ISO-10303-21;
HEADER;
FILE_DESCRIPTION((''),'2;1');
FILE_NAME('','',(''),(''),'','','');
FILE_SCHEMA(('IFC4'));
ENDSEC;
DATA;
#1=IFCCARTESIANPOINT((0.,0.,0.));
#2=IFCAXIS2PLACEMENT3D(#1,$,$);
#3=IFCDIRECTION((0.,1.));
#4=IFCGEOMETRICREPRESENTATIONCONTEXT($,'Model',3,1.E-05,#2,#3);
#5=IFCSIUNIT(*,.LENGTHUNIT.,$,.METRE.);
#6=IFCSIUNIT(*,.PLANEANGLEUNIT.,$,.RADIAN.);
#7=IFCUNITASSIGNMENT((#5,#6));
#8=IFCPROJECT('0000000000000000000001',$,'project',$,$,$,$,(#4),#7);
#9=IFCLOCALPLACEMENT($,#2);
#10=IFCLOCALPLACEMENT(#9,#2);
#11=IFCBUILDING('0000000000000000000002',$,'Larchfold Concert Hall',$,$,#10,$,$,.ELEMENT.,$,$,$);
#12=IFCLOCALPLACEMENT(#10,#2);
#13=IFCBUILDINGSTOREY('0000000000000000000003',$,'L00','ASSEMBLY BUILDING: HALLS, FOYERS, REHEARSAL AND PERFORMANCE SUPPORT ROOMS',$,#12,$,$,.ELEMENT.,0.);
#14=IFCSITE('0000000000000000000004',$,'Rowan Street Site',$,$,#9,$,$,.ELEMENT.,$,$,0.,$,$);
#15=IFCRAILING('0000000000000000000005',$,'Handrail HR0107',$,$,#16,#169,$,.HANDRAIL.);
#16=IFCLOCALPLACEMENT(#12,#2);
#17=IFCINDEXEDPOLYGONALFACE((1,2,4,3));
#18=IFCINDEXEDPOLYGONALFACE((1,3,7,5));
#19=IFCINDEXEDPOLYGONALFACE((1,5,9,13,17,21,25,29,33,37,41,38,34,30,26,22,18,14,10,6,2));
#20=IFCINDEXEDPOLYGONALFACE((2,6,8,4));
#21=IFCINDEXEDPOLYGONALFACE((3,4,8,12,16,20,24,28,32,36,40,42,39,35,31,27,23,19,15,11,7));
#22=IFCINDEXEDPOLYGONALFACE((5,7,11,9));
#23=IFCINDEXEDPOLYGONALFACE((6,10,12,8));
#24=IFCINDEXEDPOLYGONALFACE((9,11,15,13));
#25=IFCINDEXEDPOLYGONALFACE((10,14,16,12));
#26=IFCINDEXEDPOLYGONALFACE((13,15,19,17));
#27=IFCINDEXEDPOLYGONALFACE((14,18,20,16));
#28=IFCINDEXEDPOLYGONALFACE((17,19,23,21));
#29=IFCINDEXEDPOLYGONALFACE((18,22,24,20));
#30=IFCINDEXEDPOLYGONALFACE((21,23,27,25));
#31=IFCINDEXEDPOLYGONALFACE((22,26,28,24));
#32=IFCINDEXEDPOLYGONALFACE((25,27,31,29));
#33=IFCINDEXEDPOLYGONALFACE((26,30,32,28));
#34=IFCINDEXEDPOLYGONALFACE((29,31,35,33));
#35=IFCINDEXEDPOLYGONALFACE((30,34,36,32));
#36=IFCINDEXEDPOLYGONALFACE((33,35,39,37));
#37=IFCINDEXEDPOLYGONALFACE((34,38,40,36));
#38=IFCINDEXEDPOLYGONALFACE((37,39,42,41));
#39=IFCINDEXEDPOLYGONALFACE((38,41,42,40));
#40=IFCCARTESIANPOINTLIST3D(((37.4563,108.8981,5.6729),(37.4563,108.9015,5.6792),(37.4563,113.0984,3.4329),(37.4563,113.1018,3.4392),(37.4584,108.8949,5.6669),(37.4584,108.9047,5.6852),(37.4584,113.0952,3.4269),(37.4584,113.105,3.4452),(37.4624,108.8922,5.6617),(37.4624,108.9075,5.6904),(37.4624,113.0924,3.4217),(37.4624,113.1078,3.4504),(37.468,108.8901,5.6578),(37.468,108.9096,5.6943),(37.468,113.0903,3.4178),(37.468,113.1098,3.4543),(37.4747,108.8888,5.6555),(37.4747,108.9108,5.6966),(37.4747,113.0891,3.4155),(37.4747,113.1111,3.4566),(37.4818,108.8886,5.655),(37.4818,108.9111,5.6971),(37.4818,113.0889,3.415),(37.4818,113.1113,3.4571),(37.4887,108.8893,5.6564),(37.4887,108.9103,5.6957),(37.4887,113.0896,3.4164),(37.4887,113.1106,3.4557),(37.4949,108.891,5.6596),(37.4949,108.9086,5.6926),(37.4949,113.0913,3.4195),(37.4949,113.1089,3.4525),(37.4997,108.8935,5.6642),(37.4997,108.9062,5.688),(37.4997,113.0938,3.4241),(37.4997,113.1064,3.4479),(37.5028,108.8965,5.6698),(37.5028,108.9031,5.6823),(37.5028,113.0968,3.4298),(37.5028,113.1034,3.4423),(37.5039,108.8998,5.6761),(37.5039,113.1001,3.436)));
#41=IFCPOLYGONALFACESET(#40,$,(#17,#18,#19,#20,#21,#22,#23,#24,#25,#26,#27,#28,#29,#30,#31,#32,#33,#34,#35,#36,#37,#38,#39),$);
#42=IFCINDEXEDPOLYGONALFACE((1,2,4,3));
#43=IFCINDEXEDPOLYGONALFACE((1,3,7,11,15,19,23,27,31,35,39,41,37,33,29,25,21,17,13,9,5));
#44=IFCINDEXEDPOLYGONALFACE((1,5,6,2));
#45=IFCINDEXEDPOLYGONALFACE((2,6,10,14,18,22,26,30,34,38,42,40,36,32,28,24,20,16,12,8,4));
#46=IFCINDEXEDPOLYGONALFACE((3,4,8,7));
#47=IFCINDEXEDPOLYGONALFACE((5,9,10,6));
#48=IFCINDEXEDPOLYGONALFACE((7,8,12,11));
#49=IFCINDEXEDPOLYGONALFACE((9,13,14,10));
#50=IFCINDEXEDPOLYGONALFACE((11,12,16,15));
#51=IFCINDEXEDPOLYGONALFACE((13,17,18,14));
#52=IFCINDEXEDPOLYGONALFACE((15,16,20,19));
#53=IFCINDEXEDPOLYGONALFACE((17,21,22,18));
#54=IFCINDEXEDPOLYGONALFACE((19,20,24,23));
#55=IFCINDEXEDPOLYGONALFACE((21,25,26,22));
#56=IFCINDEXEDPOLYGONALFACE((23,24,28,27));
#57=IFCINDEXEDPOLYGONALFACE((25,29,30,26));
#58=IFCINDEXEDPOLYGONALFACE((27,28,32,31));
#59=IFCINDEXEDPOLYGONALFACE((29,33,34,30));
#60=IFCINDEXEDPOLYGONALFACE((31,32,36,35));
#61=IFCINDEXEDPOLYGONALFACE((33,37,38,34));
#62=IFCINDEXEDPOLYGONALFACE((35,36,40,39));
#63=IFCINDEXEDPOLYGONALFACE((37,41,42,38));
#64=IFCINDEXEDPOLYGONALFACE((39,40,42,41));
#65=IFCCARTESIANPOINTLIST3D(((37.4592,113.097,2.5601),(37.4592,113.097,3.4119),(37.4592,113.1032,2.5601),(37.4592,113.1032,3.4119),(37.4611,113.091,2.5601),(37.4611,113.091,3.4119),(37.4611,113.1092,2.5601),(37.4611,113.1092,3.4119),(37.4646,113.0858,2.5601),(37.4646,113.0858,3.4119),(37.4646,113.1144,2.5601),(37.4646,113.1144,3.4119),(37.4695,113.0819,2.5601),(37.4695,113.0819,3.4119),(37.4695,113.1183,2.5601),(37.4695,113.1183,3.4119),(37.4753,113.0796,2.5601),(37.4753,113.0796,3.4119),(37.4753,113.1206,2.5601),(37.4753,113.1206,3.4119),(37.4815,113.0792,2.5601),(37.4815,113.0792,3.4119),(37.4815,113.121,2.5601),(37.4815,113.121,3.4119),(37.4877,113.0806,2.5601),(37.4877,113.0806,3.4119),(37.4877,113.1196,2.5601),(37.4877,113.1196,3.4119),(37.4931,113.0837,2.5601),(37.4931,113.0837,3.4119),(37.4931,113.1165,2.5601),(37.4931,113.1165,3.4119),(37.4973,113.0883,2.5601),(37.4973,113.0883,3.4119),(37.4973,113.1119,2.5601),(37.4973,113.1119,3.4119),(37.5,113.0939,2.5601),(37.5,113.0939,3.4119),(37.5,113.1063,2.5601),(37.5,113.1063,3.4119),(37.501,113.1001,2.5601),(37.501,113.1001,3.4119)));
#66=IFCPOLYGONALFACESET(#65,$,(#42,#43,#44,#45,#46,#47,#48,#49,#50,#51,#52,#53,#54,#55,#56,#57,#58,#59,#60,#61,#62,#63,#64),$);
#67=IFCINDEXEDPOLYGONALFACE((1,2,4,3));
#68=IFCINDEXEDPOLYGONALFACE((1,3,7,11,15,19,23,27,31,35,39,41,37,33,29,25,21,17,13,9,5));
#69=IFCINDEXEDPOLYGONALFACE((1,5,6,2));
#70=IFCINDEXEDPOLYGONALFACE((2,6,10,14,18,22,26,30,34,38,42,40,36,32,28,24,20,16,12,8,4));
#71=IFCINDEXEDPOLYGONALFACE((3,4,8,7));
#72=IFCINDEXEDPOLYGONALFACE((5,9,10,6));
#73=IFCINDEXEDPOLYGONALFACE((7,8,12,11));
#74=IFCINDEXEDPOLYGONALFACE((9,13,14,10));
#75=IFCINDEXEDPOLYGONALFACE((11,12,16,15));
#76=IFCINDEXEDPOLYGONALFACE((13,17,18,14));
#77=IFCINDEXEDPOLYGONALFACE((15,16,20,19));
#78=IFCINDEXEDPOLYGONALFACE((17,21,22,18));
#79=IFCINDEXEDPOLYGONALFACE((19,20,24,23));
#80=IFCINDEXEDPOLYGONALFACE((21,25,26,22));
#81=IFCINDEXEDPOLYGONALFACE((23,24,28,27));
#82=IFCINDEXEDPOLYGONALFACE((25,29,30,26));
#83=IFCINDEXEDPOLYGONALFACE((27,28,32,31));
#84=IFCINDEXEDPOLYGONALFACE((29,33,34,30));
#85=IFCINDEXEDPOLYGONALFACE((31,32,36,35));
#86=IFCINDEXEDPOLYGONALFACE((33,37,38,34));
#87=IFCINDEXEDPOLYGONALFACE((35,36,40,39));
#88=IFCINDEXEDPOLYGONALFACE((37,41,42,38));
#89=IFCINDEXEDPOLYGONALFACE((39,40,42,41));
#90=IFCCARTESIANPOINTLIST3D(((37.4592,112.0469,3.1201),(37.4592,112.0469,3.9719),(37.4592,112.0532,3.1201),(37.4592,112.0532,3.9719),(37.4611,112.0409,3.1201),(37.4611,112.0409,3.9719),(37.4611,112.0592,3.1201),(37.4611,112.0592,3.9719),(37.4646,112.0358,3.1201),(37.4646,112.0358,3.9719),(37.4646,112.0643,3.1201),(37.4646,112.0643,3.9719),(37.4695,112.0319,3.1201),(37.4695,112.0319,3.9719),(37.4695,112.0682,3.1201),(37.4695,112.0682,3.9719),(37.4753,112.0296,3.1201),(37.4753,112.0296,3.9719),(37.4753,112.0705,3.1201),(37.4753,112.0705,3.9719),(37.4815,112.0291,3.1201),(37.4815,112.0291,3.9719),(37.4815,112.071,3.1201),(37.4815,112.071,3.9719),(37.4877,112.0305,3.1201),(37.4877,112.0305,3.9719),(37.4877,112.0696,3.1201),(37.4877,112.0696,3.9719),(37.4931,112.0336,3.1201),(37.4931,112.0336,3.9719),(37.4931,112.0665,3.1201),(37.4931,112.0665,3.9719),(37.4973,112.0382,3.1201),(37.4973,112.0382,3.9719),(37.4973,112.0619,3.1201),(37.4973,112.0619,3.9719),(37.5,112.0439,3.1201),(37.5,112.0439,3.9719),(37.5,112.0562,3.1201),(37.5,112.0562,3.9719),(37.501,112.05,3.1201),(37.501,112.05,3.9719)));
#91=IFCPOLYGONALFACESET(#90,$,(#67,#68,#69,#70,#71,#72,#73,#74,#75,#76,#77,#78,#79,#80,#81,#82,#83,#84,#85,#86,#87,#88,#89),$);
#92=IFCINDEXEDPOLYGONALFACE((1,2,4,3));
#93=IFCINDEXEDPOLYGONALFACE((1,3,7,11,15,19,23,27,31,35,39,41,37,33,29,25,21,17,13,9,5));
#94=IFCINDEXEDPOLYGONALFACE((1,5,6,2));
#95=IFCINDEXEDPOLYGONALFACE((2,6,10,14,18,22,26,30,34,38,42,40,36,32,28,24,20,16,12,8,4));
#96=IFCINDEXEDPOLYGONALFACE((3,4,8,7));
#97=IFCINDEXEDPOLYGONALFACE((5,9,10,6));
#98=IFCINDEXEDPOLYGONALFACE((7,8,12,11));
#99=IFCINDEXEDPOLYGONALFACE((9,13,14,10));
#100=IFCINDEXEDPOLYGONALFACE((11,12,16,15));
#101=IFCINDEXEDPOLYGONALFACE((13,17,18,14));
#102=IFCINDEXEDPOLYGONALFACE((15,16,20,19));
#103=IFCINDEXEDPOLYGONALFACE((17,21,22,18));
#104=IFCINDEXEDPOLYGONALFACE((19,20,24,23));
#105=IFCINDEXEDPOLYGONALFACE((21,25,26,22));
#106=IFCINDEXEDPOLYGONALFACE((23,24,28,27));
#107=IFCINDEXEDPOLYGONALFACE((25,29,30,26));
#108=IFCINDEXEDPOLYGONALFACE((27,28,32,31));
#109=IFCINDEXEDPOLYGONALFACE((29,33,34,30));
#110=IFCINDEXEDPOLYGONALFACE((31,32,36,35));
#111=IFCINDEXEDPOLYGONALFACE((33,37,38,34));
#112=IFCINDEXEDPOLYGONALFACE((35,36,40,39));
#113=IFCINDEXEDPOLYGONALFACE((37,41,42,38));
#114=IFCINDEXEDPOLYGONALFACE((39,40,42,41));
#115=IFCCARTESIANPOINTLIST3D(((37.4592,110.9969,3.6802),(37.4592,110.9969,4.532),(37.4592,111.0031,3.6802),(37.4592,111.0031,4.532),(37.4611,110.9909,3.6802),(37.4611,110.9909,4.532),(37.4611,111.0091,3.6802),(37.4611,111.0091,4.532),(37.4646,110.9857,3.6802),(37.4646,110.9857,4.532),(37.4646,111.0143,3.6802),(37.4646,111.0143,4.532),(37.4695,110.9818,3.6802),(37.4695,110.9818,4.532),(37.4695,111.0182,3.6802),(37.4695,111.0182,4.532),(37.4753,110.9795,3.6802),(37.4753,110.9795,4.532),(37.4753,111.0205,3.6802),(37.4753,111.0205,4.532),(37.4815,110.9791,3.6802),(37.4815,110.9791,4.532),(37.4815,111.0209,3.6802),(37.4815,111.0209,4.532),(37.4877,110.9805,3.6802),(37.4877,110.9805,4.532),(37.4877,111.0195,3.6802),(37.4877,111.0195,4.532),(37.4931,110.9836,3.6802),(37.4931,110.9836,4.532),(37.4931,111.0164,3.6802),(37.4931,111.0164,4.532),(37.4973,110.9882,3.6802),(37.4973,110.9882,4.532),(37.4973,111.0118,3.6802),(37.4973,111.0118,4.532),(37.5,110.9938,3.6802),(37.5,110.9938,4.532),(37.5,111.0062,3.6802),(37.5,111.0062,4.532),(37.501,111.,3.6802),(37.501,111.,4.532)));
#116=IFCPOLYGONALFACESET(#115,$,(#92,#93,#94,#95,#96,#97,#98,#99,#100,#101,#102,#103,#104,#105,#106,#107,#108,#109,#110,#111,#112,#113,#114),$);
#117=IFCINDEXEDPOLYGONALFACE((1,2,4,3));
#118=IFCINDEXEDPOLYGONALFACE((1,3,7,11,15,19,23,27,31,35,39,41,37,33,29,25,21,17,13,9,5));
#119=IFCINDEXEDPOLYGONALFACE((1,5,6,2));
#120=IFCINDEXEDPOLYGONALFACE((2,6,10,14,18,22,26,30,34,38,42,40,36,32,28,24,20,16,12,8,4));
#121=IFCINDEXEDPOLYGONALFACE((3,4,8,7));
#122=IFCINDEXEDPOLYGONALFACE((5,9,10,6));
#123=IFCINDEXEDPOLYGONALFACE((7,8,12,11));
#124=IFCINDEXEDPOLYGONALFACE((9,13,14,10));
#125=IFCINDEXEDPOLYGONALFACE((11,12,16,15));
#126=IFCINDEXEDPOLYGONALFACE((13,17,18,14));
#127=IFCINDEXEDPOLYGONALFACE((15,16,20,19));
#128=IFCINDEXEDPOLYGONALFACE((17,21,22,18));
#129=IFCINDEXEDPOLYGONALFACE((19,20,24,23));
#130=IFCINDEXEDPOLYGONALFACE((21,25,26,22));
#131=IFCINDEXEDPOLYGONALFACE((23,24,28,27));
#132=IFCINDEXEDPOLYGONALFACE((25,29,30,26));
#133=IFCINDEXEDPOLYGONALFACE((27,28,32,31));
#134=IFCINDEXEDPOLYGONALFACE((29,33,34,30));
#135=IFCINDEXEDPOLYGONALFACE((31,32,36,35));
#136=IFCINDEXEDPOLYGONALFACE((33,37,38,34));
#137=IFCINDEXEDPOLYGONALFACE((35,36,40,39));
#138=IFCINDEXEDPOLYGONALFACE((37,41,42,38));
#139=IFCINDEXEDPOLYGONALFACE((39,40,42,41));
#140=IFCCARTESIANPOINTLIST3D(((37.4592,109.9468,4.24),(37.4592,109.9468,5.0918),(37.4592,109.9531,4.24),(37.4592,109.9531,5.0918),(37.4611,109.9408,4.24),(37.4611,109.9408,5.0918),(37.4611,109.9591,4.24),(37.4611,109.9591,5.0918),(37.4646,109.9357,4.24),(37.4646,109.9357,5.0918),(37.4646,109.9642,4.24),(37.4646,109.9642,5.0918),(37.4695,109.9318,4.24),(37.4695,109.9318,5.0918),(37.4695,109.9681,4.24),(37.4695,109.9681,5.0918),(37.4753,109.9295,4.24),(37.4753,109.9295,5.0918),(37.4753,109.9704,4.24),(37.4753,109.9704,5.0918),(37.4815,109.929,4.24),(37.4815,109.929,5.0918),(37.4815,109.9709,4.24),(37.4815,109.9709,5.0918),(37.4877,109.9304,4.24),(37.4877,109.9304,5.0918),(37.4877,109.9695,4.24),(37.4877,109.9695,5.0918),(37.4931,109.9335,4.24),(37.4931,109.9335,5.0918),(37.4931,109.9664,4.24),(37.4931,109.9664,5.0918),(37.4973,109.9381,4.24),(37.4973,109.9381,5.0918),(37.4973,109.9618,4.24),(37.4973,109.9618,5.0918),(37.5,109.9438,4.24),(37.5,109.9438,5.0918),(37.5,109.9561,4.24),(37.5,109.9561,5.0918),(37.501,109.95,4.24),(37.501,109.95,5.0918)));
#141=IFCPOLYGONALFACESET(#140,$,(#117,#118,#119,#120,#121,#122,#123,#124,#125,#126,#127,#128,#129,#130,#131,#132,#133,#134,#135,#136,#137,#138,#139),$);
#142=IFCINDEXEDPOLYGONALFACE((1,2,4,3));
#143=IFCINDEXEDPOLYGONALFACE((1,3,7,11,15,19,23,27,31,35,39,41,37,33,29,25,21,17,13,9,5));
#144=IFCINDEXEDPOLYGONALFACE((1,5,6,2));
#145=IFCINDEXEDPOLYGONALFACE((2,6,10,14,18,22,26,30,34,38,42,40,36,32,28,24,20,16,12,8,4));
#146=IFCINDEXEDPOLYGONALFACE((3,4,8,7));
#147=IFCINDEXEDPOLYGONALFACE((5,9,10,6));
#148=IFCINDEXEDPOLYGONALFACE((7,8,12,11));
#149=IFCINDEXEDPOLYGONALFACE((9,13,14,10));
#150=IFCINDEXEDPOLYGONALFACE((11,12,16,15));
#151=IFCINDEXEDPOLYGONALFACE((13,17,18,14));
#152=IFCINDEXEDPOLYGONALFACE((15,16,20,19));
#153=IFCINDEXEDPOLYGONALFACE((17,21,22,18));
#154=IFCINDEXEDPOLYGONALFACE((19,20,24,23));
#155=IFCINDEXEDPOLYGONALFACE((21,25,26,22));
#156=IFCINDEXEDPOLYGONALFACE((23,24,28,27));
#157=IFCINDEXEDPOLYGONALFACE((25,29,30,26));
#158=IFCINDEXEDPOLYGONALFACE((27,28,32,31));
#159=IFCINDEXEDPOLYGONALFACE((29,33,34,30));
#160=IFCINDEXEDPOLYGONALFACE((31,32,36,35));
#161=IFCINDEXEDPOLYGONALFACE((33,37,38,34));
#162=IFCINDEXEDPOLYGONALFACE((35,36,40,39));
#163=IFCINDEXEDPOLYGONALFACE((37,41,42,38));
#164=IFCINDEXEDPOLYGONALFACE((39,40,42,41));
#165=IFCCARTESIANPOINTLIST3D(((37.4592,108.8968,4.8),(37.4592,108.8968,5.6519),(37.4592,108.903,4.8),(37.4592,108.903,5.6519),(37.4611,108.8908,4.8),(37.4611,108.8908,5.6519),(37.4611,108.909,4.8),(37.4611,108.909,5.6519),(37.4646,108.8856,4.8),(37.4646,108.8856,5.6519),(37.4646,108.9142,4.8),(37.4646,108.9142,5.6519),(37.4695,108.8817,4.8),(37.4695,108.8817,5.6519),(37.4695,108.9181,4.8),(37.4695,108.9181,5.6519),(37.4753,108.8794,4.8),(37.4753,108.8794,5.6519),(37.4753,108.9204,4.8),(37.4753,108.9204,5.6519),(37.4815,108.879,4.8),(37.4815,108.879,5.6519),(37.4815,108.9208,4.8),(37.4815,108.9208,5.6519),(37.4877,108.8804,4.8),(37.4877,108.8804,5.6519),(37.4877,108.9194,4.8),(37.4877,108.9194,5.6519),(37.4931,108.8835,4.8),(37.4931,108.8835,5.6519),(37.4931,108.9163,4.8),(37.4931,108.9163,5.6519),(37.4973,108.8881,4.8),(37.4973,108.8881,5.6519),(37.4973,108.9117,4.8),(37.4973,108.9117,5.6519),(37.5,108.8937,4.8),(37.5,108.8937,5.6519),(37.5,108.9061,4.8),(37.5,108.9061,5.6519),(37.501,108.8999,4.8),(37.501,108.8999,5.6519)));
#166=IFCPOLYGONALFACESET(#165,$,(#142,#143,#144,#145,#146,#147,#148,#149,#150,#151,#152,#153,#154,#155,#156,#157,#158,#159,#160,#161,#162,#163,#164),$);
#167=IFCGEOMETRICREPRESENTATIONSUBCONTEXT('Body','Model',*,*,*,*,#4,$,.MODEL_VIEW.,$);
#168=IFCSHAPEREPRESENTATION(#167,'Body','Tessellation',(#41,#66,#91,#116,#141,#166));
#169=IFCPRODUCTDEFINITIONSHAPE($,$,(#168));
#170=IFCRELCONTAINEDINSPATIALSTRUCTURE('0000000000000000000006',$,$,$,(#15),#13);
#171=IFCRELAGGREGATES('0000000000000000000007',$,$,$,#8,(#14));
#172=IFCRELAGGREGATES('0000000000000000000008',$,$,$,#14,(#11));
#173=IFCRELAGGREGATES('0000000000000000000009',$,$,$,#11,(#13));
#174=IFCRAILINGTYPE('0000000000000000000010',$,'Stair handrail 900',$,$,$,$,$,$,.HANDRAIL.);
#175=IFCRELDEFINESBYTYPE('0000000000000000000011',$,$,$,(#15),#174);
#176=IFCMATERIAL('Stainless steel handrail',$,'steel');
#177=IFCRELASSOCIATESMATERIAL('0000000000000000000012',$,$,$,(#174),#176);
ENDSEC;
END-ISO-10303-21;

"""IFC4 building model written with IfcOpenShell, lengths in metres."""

from ifc_helpers import new_model, si_unit, direction, frame, origin, origin_2d, place, context, subcontext, project, spatial, circle, extrude, material, type_object, element, save


model = new_model("IFC4")

# Units and contexts
model_context = context("Model", 3, precision=1e-05, world=origin(), true_north=direction((0.0, 1.0)))
body_context = subcontext(model_context, "Body", "Model", "MODEL_VIEW")
ifc_project = project(units=[si_unit("LENGTHUNIT", "METRE"), si_unit("PLANEANGLEUNIT", "RADIAN")], contexts=[model_context])

# Site, building, storey
site_placement = place(None, origin())
site = spatial("IfcSite", under=ifc_project, at=site_placement, Name="Rowan Street Site", CompositionType="ELEMENT", RefElevation=0.0)
building_placement = place(site_placement, origin())
building = spatial("IfcBuilding", under=site, at=building_placement, Name="Larchfold Concert Hall", CompositionType="ELEMENT")
storey_placement = place(building_placement, origin())
storey = spatial("IfcBuildingStorey", under=building, at=storey_placement, Name="L00", Description="ASSEMBLY BUILDING: HALLS, FOYERS, REHEARSAL AND PERFORMANCE SUPPORT ROOMS", CompositionType="ELEMENT", Elevation=0.0)

# Railing
ifc_material_1 = material(Name="Stainless steel handrail", Category="steel")
railing_type_1 = type_object("IfcRailingType", Name="Stair handrail 900", PredefinedType="HANDRAIL", material=ifc_material_1)
for number, where, name in (
    (1, (37.48, 113.1001, 2.5601), "Handrail HR0107"),
):
    element("IfcRailing", number, at=place(storey_placement, frame(where)), inside=storey, type_object=railing_type_1, Name=name, PredefinedType="HANDRAIL", context=body_context, shape_type="SweptSolid", body=[
        extrude(circle(Radius=0.0239, at=origin_2d()), frame((0.0, 0.0, 0.876), z_axis=(0.0, -0.882363, 0.47057), x_axis=(1.0, 0.0, 0.0)), (0.0, 0.0, 1.0), 4.7603),
        extrude(circle(Radius=0.021, at=origin_2d()), origin(), (0.0, 0.0, 1.0), 0.8518),
        extrude(circle(Radius=0.021, at=origin_2d()), frame((0.0, -1.05, 0.5601)), (0.0, 0.0, 1.0), 0.8518),
        extrude(circle(Radius=0.021, at=origin_2d()), frame((0.0, -2.1001, 1.1201)), (0.0, 0.0, 1.0), 0.8518),
        extrude(circle(Radius=0.021, at=origin_2d()), frame((0.0, -3.1501, 1.6799)), (0.0, 0.0, 1.0), 0.8518),
        extrude(circle(Radius=0.021, at=origin_2d()), frame((0.0, -4.2002, 2.24)), (0.0, 0.0, 1.0), 0.8518),
    ])

save(model, "model.ifc")
